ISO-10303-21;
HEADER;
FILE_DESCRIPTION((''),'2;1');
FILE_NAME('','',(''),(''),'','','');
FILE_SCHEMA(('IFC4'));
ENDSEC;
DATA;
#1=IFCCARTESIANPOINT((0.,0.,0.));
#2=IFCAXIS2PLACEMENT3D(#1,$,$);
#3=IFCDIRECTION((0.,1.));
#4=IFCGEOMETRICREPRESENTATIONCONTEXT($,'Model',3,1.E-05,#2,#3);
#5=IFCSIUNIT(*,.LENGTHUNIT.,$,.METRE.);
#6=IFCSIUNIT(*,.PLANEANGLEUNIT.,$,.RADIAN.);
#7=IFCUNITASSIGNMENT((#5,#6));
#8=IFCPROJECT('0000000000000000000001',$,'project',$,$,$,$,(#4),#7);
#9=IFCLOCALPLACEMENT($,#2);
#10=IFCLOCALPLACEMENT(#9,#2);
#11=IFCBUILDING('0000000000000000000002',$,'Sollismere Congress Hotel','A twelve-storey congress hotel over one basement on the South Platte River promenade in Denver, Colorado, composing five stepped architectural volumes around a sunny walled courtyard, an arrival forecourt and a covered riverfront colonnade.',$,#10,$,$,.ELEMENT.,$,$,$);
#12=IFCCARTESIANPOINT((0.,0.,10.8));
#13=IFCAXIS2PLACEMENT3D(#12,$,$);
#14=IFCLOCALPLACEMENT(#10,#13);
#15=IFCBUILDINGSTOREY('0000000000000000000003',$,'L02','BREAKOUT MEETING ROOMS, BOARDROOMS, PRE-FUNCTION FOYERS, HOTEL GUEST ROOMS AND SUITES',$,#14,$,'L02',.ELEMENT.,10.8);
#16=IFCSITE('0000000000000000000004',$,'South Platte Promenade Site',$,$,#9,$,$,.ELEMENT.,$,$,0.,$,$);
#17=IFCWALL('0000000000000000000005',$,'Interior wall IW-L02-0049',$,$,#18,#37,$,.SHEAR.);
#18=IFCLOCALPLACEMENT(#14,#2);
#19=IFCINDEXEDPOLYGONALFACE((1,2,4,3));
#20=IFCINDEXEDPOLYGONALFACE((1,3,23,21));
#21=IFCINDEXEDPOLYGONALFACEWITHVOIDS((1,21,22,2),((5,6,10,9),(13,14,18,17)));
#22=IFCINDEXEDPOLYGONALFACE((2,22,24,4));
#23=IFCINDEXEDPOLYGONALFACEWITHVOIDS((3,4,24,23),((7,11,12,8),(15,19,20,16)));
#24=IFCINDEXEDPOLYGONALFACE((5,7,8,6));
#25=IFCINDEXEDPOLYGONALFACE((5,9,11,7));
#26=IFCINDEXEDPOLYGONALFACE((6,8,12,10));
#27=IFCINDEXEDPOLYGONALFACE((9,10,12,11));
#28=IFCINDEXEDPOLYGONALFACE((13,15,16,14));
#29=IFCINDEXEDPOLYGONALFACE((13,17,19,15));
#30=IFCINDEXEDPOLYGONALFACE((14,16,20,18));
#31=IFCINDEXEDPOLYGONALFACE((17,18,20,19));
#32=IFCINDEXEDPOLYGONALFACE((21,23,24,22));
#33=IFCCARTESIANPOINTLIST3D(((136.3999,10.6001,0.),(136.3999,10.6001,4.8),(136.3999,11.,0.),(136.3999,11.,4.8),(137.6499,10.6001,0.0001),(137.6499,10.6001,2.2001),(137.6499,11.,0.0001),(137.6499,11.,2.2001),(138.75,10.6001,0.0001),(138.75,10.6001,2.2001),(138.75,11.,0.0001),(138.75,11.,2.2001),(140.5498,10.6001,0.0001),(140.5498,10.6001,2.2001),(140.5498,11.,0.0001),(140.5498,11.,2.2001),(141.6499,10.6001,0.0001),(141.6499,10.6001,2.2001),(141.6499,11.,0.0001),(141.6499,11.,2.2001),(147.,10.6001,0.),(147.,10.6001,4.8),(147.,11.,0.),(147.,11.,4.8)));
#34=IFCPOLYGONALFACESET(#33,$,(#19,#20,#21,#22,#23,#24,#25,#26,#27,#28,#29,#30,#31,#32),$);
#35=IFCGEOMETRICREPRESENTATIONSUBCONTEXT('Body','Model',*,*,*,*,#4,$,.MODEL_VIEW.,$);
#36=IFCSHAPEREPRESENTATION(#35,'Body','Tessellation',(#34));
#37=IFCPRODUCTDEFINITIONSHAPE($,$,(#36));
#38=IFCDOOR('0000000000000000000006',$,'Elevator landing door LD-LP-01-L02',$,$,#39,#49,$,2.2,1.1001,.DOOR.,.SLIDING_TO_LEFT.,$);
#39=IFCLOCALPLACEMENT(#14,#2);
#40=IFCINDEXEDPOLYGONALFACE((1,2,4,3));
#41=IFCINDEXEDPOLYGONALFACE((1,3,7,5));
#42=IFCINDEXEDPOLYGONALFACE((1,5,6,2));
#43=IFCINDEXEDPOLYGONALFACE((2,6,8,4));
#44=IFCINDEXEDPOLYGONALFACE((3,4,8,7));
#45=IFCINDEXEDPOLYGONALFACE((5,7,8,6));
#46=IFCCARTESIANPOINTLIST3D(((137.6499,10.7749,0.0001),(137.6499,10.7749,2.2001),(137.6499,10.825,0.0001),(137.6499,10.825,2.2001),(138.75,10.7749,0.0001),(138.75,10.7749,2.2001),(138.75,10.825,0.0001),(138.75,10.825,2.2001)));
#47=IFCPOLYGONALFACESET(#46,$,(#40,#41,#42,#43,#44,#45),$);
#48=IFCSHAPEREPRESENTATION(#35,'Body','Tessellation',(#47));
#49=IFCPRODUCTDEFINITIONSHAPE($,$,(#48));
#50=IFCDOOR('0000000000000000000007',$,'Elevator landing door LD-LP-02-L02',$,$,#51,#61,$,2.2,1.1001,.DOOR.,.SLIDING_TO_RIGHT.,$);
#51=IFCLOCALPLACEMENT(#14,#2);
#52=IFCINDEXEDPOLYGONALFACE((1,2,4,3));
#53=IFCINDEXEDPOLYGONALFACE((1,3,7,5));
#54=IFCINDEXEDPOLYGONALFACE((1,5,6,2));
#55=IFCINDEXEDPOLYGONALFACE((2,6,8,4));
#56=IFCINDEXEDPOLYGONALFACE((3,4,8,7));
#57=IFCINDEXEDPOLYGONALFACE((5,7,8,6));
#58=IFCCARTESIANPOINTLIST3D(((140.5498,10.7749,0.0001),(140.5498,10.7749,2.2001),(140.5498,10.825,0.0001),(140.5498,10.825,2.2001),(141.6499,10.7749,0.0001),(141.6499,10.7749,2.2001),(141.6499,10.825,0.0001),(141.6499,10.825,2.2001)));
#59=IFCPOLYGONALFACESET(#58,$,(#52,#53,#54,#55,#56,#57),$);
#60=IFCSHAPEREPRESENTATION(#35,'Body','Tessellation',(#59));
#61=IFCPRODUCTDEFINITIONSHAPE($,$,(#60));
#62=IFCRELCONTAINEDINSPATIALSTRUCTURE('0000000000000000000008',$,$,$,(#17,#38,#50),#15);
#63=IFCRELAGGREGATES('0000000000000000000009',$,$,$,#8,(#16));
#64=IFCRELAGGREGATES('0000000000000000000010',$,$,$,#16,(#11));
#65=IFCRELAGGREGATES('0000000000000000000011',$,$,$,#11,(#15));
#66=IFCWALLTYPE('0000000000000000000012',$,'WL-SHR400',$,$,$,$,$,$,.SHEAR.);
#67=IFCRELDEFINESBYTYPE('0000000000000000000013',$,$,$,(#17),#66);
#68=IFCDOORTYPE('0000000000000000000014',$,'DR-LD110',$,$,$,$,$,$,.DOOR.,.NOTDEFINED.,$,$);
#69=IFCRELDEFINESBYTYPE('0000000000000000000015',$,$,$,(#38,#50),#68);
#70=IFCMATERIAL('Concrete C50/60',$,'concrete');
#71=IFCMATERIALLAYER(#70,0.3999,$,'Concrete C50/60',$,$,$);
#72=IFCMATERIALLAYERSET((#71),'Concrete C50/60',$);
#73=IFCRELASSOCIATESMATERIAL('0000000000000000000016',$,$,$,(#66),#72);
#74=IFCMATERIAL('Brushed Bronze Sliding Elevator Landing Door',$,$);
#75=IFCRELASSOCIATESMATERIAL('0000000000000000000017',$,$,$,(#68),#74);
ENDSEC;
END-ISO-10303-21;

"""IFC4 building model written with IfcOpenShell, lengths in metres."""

from ifc_helpers import new_model, si_unit, direction, frame, frame_2d, origin, place, context, subcontext, project, spatial, rectangle, extrude, material, layer, layer_set, type_object, element, fill, save


model = new_model("IFC4")

# Units and contexts
model_context = context("Model", 3, precision=1e-05, world=origin(), true_north=direction((0.0, 1.0)))
body_context = subcontext(model_context, "Body", "Model", "MODEL_VIEW")
ifc_project = project(units=[si_unit("LENGTHUNIT", "METRE"), si_unit("PLANEANGLEUNIT", "RADIAN")], contexts=[model_context])

# Site, building, storey
site_placement = place(None, origin())
site = spatial("IfcSite", under=ifc_project, at=site_placement, Name="South Platte Promenade Site", CompositionType="ELEMENT", RefElevation=0.0)
building_placement = place(site_placement, origin())
building = spatial("IfcBuilding", under=site, at=building_placement, Name="Sollismere Congress Hotel", Description="A twelve-storey congress hotel over one basement on the South Platte River promenade in Denver, Colorado, composing five stepped architectural volumes around a sunny walled courtyard, an arrival forecourt and a covered riverfront colonnade.", CompositionType="ELEMENT")
storey_placement = place(building_placement, frame((0.0, 0.0, 10.8)))
storey = spatial("IfcBuildingStorey", under=building, at=storey_placement, Name="L02", Description="BREAKOUT MEETING ROOMS, BOARDROOMS, PRE-FUNCTION FOYERS, HOTEL GUEST ROOMS AND SUITES", LongName="L02", CompositionType="ELEMENT", Elevation=10.8)

# Wall, openings, doors
ifc_material_1 = material(Name="Concrete C50/60", Category="concrete")
ifc_layer_1 = layer(ifc_material_1, 0.3999, Name="Concrete C50/60")
ifc_layer_set_1 = layer_set([ifc_layer_1], Name="Concrete C50/60")
wall_type_1 = type_object("IfcWallType", Name="WL-SHR400", PredefinedType="SHEAR", material=ifc_layer_set_1)
wall_1_placement = place(storey_placement, frame((136.3999, 10.8, 0.0), z_axis=(0.0, 0.0, 1.0), x_axis=(1.0, 0.0, 0.0)))
wall_1 = element("IfcWall", 1, at=wall_1_placement, inside=storey, type_object=wall_type_1, Name="Interior wall IW-L02-0049", PredefinedType="SHEAR", context=body_context, shape_type="SweptSolid", body=[
    extrude(rectangle(XDim=10.6001, YDim=0.3999, at=frame_2d((5.3, 0.0))), origin(), (0.0, 0.0, 1.0), 4.8),
])
opening_1_placement = place(wall_1_placement, frame((1.25, 0.0, 0.0)))
opening_1 = element("IfcOpeningElement", 2, at=opening_1_placement, cuts=wall_1, PredefinedType="OPENING", context=body_context, shape_type="SweptSolid", body=[
    extrude(rectangle(XDim=1.1001, YDim=2.2, at=frame_2d((0.55, 1.1001))), frame((0.0, 0.21, 0.0), z_axis=(0.0, -1.0, 0.0), x_axis=(1.0, 0.0, 0.0)), (0.0, 0.0, 1.0), 0.4199),
])
opening_2_placement = place(wall_1_placement, frame((4.1499, 0.0, 0.0)))
opening_2 = element("IfcOpeningElement", 3, at=opening_2_placement, cuts=wall_1, PredefinedType="OPENING", context=body_context, shape_type="SweptSolid", body=[
    extrude(rectangle(XDim=1.1001, YDim=2.2, at=frame_2d((0.55, 1.1001))), frame((0.0, 0.21, 0.0), z_axis=(0.0, -1.0, 0.0), x_axis=(1.0, 0.0, 0.0)), (0.0, 0.0, 1.0), 0.4199),
])
ifc_material_2 = material(Name="Brushed Bronze Sliding Elevator Landing Door")
door_type_1 = type_object("IfcDoorType", Name="DR-LD110", OperationType="NOTDEFINED", PredefinedType="DOOR", material=ifc_material_2)
door_1_placement = place(opening_1_placement, origin())
door_1 = element("IfcDoor", 4, at=door_1_placement, inside=storey, type_object=door_type_1, Name="Elevator landing door LD-LP-01-L02", OperationType="SLIDING_TO_LEFT", OverallHeight=2.2, OverallWidth=1.1001, PredefinedType="DOOR", context=body_context, shape_type="SweptSolid", body=[
    extrude(rectangle(XDim=1.1001, YDim=2.2, at=frame_2d((0.55, 1.1001))), frame((0.0, 0.0249, 0.0), z_axis=(0.0, -1.0, 0.0), x_axis=(1.0, 0.0, 0.0)), (0.0, 0.0, 1.0), 0.05),
])
fill(opening_1, door_1)
door_2_placement = place(opening_2_placement, origin())
door_2 = element("IfcDoor", 5, at=door_2_placement, inside=storey, type_object=door_type_1, Name="Elevator landing door LD-LP-02-L02", OperationType="SLIDING_TO_RIGHT", OverallHeight=2.2, OverallWidth=1.1001, PredefinedType="DOOR", context=body_context, shape_type="SweptSolid", body=[
    extrude(rectangle(XDim=1.1001, YDim=2.2, at=frame_2d((0.55, 1.1001))), frame((0.0, 0.0249, 0.0), z_axis=(0.0, -1.0, 0.0), x_axis=(1.0, 0.0, 0.0)), (0.0, 0.0, 1.0), 0.05),
])
fill(opening_2, door_2)

save(model, "model.ifc")
